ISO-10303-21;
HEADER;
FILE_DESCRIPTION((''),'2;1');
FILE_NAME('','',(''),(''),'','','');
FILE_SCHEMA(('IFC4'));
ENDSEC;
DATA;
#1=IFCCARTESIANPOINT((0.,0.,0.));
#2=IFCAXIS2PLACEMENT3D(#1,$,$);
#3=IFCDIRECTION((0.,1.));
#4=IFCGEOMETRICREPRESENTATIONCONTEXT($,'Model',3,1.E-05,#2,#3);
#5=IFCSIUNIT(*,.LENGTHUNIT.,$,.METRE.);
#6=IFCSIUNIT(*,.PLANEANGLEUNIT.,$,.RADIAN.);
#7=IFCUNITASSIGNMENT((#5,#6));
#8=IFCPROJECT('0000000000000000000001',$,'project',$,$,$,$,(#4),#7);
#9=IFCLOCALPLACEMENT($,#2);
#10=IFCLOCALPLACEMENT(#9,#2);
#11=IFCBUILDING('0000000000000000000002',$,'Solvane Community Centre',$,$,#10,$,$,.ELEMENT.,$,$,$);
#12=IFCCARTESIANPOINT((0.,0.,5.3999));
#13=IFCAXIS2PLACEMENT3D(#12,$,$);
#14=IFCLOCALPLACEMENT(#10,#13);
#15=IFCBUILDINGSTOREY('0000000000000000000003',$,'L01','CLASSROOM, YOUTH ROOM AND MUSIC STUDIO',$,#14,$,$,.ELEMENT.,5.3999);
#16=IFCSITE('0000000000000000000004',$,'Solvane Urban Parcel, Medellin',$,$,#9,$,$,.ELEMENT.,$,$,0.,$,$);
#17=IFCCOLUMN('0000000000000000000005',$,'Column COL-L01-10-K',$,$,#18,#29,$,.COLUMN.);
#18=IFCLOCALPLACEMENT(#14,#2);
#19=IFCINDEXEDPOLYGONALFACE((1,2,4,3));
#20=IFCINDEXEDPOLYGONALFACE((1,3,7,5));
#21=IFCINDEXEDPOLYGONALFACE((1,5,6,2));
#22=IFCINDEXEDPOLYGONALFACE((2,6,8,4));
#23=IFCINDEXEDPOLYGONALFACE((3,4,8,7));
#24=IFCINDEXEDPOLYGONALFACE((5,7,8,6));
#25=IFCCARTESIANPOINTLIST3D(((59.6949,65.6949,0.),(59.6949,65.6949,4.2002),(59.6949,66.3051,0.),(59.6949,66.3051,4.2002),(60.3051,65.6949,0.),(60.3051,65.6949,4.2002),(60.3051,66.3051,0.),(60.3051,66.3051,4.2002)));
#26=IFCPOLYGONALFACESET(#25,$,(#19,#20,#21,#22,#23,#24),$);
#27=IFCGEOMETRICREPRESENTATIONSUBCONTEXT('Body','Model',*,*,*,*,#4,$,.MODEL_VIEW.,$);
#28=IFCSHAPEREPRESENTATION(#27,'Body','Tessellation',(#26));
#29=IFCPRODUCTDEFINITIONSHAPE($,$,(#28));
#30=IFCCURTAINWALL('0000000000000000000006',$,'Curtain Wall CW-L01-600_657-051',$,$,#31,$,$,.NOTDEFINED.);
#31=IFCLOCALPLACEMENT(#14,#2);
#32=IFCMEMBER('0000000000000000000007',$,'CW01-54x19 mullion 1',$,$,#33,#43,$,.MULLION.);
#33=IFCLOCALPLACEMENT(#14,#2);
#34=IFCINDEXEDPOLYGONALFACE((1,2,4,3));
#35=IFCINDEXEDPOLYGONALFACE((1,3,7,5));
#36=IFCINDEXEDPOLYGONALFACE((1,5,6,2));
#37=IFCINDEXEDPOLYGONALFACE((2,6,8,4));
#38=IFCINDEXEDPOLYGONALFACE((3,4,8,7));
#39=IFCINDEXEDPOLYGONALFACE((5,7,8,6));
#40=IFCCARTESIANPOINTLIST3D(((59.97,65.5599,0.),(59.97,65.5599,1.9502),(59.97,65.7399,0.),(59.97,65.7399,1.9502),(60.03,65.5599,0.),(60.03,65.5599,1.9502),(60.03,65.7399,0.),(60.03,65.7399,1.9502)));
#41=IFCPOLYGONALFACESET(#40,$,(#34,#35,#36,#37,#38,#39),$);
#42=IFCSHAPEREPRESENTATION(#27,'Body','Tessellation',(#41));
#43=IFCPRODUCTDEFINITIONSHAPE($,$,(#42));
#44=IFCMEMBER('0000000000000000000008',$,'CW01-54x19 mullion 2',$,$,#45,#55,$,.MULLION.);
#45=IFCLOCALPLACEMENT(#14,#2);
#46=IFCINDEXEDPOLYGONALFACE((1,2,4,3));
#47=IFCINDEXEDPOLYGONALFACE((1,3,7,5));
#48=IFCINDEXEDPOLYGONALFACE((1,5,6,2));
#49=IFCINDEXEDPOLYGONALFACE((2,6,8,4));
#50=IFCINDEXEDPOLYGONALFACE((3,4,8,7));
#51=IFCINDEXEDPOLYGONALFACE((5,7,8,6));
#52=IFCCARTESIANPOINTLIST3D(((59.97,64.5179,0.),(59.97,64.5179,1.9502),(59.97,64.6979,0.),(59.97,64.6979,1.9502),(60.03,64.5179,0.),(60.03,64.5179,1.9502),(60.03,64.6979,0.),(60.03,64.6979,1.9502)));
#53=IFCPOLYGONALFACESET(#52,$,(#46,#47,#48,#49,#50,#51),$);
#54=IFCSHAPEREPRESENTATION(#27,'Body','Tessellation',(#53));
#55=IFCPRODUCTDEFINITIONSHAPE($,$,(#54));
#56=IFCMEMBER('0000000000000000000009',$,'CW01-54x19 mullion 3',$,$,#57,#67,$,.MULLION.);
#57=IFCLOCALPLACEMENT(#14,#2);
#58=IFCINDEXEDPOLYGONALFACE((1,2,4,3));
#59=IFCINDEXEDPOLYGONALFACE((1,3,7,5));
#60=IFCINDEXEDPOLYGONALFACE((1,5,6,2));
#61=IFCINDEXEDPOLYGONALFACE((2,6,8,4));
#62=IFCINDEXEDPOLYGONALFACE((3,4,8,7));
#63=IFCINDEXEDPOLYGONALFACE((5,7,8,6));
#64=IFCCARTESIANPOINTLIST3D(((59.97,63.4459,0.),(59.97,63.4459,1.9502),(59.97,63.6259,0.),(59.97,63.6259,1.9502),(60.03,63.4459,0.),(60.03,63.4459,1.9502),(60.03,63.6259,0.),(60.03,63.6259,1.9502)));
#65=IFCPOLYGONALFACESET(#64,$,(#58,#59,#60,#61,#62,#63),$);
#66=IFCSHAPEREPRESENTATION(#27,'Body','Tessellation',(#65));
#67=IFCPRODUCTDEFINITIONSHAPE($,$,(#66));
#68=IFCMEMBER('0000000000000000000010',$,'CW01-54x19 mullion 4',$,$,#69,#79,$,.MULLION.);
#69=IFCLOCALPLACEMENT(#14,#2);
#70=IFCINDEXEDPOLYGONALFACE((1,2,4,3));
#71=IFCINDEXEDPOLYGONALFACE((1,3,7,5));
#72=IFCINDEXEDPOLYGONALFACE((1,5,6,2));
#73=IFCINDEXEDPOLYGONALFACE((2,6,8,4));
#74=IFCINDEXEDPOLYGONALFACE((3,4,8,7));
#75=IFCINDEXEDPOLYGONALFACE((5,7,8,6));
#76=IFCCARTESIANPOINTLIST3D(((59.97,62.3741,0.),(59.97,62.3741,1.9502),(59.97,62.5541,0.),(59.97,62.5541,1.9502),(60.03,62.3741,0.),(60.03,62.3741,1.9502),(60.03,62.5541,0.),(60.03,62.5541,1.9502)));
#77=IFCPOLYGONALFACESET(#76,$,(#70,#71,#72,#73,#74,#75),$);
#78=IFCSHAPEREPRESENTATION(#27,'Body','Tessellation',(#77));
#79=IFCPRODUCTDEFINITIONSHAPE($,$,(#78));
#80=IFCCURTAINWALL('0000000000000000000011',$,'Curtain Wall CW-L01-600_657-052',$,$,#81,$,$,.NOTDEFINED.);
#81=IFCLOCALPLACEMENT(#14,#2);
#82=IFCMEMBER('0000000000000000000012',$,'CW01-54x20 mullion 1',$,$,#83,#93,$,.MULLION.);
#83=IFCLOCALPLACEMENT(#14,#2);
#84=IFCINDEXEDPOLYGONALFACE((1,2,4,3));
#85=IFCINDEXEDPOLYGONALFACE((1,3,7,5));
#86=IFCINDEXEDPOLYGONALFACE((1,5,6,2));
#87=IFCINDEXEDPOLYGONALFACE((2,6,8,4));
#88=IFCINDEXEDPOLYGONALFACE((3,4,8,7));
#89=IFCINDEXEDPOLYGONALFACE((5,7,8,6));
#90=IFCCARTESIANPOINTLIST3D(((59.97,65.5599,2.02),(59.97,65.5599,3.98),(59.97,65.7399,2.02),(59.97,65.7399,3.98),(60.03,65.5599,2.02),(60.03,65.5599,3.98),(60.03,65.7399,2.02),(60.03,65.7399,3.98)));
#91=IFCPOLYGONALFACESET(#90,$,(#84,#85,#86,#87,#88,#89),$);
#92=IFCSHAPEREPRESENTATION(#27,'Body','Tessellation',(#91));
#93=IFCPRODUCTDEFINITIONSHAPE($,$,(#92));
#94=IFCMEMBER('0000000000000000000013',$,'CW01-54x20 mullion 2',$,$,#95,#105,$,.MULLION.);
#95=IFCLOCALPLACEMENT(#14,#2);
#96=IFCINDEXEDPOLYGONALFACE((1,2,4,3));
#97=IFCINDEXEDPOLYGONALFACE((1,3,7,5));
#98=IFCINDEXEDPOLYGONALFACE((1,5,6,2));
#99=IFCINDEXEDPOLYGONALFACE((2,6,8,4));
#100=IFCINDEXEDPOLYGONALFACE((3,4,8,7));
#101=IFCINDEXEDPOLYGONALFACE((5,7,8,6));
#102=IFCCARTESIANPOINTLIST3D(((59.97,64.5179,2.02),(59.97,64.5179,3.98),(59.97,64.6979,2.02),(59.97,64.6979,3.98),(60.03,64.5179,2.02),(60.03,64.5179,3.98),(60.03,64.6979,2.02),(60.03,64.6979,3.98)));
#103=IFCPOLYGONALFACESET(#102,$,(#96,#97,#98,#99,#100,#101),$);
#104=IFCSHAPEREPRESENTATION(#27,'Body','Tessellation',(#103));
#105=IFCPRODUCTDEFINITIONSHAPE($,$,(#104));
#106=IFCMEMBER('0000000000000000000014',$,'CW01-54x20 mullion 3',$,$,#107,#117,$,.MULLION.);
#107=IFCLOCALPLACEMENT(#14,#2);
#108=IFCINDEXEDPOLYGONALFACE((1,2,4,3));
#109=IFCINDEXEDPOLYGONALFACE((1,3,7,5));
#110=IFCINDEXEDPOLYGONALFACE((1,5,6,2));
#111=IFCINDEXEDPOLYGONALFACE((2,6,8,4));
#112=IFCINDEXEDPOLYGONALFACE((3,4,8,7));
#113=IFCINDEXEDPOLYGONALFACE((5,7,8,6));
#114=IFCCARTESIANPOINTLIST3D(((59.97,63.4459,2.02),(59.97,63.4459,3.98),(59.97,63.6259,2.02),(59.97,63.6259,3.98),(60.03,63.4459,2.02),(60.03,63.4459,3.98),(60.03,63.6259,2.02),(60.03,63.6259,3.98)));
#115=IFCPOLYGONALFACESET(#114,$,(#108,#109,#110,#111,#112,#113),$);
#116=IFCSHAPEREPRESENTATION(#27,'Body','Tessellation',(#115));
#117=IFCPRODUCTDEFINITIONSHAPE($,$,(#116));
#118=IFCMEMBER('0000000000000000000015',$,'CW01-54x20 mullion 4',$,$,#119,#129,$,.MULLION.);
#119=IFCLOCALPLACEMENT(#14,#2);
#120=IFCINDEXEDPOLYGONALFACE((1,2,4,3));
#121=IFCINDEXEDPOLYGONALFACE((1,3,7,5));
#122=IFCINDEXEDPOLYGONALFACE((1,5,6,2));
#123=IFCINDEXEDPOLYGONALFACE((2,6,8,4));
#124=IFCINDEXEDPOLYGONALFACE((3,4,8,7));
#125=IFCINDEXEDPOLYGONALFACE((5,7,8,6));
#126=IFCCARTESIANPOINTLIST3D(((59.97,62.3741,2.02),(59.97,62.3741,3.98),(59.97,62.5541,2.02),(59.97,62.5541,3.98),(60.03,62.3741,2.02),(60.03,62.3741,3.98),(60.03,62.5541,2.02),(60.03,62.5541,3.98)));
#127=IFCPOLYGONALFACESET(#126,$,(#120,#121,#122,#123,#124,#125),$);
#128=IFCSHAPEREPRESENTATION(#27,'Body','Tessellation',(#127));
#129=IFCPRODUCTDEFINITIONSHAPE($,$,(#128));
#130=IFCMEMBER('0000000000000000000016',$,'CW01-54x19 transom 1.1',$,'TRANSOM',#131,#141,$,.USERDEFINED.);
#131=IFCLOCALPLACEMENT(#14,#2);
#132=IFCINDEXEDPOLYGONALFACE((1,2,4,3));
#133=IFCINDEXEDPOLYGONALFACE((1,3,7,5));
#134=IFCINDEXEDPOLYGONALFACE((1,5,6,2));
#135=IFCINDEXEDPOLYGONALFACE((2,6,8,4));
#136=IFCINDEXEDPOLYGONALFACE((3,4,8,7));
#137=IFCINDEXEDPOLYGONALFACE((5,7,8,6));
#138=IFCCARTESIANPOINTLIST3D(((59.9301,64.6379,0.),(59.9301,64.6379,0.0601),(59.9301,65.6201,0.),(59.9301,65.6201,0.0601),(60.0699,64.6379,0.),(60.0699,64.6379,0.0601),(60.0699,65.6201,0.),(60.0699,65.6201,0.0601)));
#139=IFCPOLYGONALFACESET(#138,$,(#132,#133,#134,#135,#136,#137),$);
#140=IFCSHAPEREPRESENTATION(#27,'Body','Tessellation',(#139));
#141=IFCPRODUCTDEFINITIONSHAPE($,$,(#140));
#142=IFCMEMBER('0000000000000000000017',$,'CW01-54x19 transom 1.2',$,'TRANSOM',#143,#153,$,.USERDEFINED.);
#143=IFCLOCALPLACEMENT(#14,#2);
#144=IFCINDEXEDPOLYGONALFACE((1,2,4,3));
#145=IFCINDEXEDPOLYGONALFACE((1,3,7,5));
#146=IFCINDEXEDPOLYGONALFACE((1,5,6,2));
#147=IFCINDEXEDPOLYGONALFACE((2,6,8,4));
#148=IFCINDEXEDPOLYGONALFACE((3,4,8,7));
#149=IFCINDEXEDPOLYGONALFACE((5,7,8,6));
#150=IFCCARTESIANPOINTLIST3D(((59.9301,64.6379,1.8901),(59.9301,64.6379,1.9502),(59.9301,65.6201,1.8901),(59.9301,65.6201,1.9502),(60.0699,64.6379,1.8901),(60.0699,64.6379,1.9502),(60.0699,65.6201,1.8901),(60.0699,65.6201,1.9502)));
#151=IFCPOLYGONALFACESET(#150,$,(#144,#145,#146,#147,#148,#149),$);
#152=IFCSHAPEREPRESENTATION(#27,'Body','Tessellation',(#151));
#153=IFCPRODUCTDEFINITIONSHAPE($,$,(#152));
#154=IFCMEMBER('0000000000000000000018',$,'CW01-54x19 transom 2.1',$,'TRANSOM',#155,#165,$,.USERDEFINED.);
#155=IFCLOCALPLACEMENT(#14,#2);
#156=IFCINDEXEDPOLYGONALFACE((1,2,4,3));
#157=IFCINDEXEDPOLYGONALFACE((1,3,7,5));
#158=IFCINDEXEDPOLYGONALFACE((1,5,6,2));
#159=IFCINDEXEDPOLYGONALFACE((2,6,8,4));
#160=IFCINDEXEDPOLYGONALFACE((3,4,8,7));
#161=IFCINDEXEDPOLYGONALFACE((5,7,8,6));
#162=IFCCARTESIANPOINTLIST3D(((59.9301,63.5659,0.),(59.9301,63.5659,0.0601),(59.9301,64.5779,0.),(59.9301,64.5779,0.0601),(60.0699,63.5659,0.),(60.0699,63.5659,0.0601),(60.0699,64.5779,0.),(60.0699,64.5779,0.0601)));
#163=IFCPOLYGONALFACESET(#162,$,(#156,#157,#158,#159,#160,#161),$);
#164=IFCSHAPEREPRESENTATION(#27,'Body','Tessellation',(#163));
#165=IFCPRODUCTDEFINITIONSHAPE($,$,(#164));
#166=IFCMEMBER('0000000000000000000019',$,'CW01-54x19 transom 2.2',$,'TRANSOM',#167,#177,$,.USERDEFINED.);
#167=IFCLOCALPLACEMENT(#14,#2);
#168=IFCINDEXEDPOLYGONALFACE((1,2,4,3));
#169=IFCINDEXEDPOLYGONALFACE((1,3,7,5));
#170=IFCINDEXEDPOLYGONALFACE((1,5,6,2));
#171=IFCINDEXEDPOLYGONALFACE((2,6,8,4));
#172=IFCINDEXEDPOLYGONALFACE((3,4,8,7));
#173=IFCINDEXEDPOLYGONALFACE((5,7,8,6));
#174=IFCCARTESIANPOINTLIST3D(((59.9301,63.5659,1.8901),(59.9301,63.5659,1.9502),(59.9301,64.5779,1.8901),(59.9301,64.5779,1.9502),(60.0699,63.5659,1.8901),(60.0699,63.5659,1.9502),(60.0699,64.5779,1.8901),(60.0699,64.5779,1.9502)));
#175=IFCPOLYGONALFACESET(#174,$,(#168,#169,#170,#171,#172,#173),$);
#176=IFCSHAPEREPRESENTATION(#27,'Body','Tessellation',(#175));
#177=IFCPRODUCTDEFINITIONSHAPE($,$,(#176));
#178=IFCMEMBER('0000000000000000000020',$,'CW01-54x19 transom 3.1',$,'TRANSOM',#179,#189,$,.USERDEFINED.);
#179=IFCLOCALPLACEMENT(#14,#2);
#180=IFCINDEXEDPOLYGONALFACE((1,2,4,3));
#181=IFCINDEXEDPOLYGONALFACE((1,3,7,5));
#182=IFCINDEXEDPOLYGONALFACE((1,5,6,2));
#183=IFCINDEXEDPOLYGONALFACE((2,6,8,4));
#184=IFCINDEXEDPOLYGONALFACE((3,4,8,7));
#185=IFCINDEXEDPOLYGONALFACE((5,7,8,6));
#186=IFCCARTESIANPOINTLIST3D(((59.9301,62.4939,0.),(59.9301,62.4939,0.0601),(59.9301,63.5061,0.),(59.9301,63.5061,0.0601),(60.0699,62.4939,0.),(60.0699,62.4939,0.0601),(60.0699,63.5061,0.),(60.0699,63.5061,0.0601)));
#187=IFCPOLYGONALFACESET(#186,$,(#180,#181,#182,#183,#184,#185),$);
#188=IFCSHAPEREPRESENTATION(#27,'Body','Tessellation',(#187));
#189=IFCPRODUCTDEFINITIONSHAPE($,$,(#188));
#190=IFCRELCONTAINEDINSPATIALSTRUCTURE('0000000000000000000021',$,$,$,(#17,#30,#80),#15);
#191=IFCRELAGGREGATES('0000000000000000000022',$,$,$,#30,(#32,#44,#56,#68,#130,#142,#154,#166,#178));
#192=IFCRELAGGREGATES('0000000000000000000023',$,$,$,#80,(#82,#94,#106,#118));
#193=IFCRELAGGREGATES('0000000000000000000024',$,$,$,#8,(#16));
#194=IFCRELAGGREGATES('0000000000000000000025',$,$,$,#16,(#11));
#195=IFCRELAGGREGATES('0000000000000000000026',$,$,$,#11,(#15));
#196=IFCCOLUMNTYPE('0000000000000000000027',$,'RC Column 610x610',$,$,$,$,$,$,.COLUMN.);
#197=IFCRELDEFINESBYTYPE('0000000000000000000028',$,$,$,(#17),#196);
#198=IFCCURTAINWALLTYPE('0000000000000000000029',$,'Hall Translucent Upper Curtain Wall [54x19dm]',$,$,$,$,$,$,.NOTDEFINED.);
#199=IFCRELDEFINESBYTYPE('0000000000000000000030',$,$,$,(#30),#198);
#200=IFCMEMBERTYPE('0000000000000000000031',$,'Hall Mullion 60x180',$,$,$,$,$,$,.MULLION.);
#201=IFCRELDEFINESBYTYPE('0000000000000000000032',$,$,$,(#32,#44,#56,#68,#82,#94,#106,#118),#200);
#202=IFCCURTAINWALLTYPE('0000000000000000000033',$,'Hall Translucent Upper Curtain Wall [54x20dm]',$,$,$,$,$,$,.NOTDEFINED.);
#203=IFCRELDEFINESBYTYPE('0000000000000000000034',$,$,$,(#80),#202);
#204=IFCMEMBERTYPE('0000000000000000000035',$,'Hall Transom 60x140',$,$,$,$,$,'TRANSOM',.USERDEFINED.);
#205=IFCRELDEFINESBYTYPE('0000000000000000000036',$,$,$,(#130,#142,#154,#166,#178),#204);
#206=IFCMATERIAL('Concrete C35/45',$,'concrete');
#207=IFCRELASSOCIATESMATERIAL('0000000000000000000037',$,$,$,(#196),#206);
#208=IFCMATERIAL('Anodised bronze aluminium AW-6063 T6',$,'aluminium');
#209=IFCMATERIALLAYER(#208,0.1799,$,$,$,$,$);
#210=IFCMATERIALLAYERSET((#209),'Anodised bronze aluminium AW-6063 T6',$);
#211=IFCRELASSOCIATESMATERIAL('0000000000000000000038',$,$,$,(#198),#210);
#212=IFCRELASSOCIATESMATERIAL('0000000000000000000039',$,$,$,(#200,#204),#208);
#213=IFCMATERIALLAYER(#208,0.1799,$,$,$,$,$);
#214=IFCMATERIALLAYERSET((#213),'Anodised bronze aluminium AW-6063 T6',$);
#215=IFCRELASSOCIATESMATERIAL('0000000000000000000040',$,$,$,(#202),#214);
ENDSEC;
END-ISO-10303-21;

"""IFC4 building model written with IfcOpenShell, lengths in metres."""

from ifc_helpers import new_model, si_unit, direction, frame, origin, origin_2d, place, context, subcontext, project, spatial, rectangle, extrude, material, layer, layer_set, material_profile, profile_set, type_object, element, aggregate, save


model = new_model("IFC4")

# Units and contexts
model_context = context("Model", 3, precision=1e-05, world=origin(), true_north=direction((0.0, 1.0)))
body_context = subcontext(model_context, "Body", "Model", "MODEL_VIEW")
ifc_project = project(units=[si_unit("LENGTHUNIT", "METRE"), si_unit("PLANEANGLEUNIT", "RADIAN")], contexts=[model_context])

# Site, building, storey
site_placement = place(None, origin())
site = spatial("IfcSite", under=ifc_project, at=site_placement, Name="Solvane Urban Parcel, Medellin", CompositionType="ELEMENT", RefElevation=0.0)
building_placement = place(site_placement, origin())
building = spatial("IfcBuilding", under=site, at=building_placement, Name="Solvane Community Centre", CompositionType="ELEMENT")
storey_placement = place(building_placement, frame((0.0, 0.0, 5.3999)))
storey = spatial("IfcBuildingStorey", under=building, at=storey_placement, Name="L01", Description="CLASSROOM, YOUTH ROOM AND MUSIC STUDIO", CompositionType="ELEMENT", Elevation=5.3999)

# Column
ifc_material_1 = material(Name="Concrete C35/45", Category="concrete")
ifc_material_profile_1 = material_profile(ifc_material_1, rectangle(XDim=0.6101, YDim=0.6101, at=origin_2d()), Name="RC 610x610")
ifc_profile_set_1 = profile_set([ifc_material_profile_1], Name="Concrete C35/45")
column_type = type_object("IfcColumnType", Name="RC Column 610x610", PredefinedType="COLUMN", material=ifc_profile_set_1)
column_placement = place(storey_placement, frame((60.0, 66.0, 0.0), z_axis=(0.0, 0.0, 1.0), x_axis=(1.0, 0.0, 0.0)))
element("IfcColumn", 1, at=column_placement, inside=storey, type_object=column_type, Name="Column COL-L01-10-K", PredefinedType="COLUMN", context=body_context, shape_type="SweptSolid", body=[
    extrude(rectangle(XDim=0.6101, YDim=0.6101, at=origin_2d()), origin(), (0.0, 0.0, 1.0), 4.2002),
])

# Curtain walls, members
ifc_material_2 = material(Name="Anodised bronze aluminium AW-6063 T6", Category="aluminium")
ifc_layer_1 = layer(ifc_material_2, 0.1799)
ifc_layer_set_1 = layer_set([ifc_layer_1], Name="Anodised bronze aluminium AW-6063 T6")
curtain_wall_type_1 = type_object("IfcCurtainWallType", Name="Hall Translucent Upper Curtain Wall [54x19dm]", PredefinedType="NOTDEFINED", material=ifc_layer_set_1)
curtain_wall_1_placement = place(storey_placement, origin())
curtain_wall_1 = element("IfcCurtainWall", 2, at=curtain_wall_1_placement, inside=storey, type_object=curtain_wall_type_1, Name="Curtain Wall CW-L01-600_657-051", PredefinedType="NOTDEFINED")
ifc_material_profile_2 = material_profile(ifc_material_2, rectangle(XDim=0.0601, YDim=0.1799, at=origin_2d()), Name="CW-M 60x180")
ifc_profile_set_2 = profile_set([ifc_material_profile_2], Name="Anodised bronze aluminium AW-6063 T6")
member_type_1 = type_object("IfcMemberType", Name="Hall Mullion 60x180", PredefinedType="MULLION", material=ifc_profile_set_2)
member_1_placement = place(storey_placement, frame((60.0, 65.6499, 0.0), z_axis=(0.0, 0.0, 1.0), x_axis=(1.0, 0.0, 0.0)))
member_1 = element("IfcMember", 3, at=member_1_placement, type_object=member_type_1, Name="CW01-54x19 mullion 1", PredefinedType="MULLION", context=body_context, shape_type="SweptSolid", body=[
    extrude(rectangle(XDim=0.0601, YDim=0.1799, at=origin_2d()), origin(), (0.0, 0.0, 1.0), 1.9502),
])
member_2_placement = place(storey_placement, frame((60.0, 64.6079, 0.0), z_axis=(0.0, 0.0, 1.0), x_axis=(1.0, 0.0, 0.0)))
member_2 = element("IfcMember", 4, at=member_2_placement, type_object=member_type_1, Name="CW01-54x19 mullion 2", PredefinedType="MULLION", context=body_context, shape_type="SweptSolid", body=[
    extrude(rectangle(XDim=0.0601, YDim=0.1799, at=origin_2d()), origin(), (0.0, 0.0, 1.0), 1.9502),
])
member_3_placement = place(storey_placement, frame((60.0, 63.5359, 0.0), z_axis=(0.0, 0.0, 1.0), x_axis=(1.0, 0.0, 0.0)))
member_3 = element("IfcMember", 5, at=member_3_placement, type_object=member_type_1, Name="CW01-54x19 mullion 3", PredefinedType="MULLION", context=body_context, shape_type="SweptSolid", body=[
    extrude(rectangle(XDim=0.0601, YDim=0.1799, at=origin_2d()), origin(), (0.0, 0.0, 1.0), 1.9502),
])
member_4_placement = place(storey_placement, frame((60.0, 62.4641, 0.0), z_axis=(0.0, 0.0, 1.0), x_axis=(1.0, 0.0, 0.0)))
member_4 = element("IfcMember", 6, at=member_4_placement, type_object=member_type_1, Name="CW01-54x19 mullion 4", PredefinedType="MULLION", context=body_context, shape_type="SweptSolid", body=[
    extrude(rectangle(XDim=0.0601, YDim=0.1799, at=origin_2d()), origin(), (0.0, 0.0, 1.0), 1.9502),
])
ifc_layer_2 = layer(ifc_material_2, 0.1799)
ifc_layer_set_2 = layer_set([ifc_layer_2], Name="Anodised bronze aluminium AW-6063 T6")
curtain_wall_type_2 = type_object("IfcCurtainWallType", Name="Hall Translucent Upper Curtain Wall [54x20dm]", PredefinedType="NOTDEFINED", material=ifc_layer_set_2)
curtain_wall_2_placement = place(storey_placement, origin())
curtain_wall_2 = element("IfcCurtainWall", 7, at=curtain_wall_2_placement, inside=storey, type_object=curtain_wall_type_2, Name="Curtain Wall CW-L01-600_657-052", PredefinedType="NOTDEFINED")
member_5_placement = place(storey_placement, frame((60.0, 65.6499, 2.02), z_axis=(0.0, 0.0, 1.0), x_axis=(1.0, 0.0, 0.0)))
member_5 = element("IfcMember", 8, at=member_5_placement, type_object=member_type_1, Name="CW01-54x20 mullion 1", PredefinedType="MULLION", context=body_context, shape_type="SweptSolid", body=[
    extrude(rectangle(XDim=0.0601, YDim=0.1799, at=origin_2d()), origin(), (0.0, 0.0, 1.0), 1.96),
])
member_6_placement = place(storey_placement, frame((60.0, 64.6079, 2.02), z_axis=(0.0, 0.0, 1.0), x_axis=(1.0, 0.0, 0.0)))
member_6 = element("IfcMember", 9, at=member_6_placement, type_object=member_type_1, Name="CW01-54x20 mullion 2", PredefinedType="MULLION", context=body_context, shape_type="SweptSolid", body=[
    extrude(rectangle(XDim=0.0601, YDim=0.1799, at=origin_2d()), origin(), (0.0, 0.0, 1.0), 1.96),
])
member_7_placement = place(storey_placement, frame((60.0, 63.5359, 2.02), z_axis=(0.0, 0.0, 1.0), x_axis=(1.0, 0.0, 0.0)))
member_7 = element("IfcMember", 10, at=member_7_placement, type_object=member_type_1, Name="CW01-54x20 mullion 3", PredefinedType="MULLION", context=body_context, shape_type="SweptSolid", body=[
    extrude(rectangle(XDim=0.0601, YDim=0.1799, at=origin_2d()), origin(), (0.0, 0.0, 1.0), 1.96),
])
member_8_placement = place(storey_placement, frame((60.0, 62.4641, 2.02), z_axis=(0.0, 0.0, 1.0), x_axis=(1.0, 0.0, 0.0)))
member_8 = element("IfcMember", 11, at=member_8_placement, type_object=member_type_1, Name="CW01-54x20 mullion 4", PredefinedType="MULLION", context=body_context, shape_type="SweptSolid", body=[
    extrude(rectangle(XDim=0.0601, YDim=0.1799, at=origin_2d()), origin(), (0.0, 0.0, 1.0), 1.96),
])

# Members
ifc_material_profile_3 = material_profile(ifc_material_2, rectangle(XDim=0.1399, YDim=0.0601, at=origin_2d()), Name="CW-T 60x140")
ifc_profile_set_3 = profile_set([ifc_material_profile_3], Name="Anodised bronze aluminium AW-6063 T6")
member_type_2 = type_object("IfcMemberType", Name="Hall Transom 60x140", ElementType="TRANSOM", PredefinedType="USERDEFINED", material=ifc_profile_set_3)
member_9_placement = place(storey_placement, frame((60.0, 65.6201, 0.03), z_axis=(0.0, -1.0, 0.0), x_axis=(1.0, 0.0, 0.0)))
member_9 = element("IfcMember", 12, at=member_9_placement, type_object=member_type_2, Name="CW01-54x19 transom 1.1", ObjectType="TRANSOM", PredefinedType="USERDEFINED", context=body_context, shape_type="SweptSolid", body=[
    extrude(rectangle(XDim=0.1399, YDim=0.0601, at=origin_2d()), origin(), (0.0, 0.0, 1.0), 0.9822),
])
member_10_placement = place(storey_placement, frame((60.0, 65.6201, 1.9202), z_axis=(0.0, -1.0, 0.0), x_axis=(1.0, 0.0, 0.0)))
member_10 = element("IfcMember", 13, at=member_10_placement, type_object=member_type_2, Name="CW01-54x19 transom 1.2", ObjectType="TRANSOM", PredefinedType="USERDEFINED", context=body_context, shape_type="SweptSolid", body=[
    extrude(rectangle(XDim=0.1399, YDim=0.0601, at=origin_2d()), origin(), (0.0, 0.0, 1.0), 0.9822),
])
member_11_placement = place(storey_placement, frame((60.0, 64.5779, 0.03), z_axis=(0.0, -1.0, 0.0), x_axis=(1.0, 0.0, 0.0)))
member_11 = element("IfcMember", 14, at=member_11_placement, type_object=member_type_2, Name="CW01-54x19 transom 2.1", ObjectType="TRANSOM", PredefinedType="USERDEFINED", context=body_context, shape_type="SweptSolid", body=[
    extrude(rectangle(XDim=0.1399, YDim=0.0601, at=origin_2d()), origin(), (0.0, 0.0, 1.0), 1.012),
])
member_12_placement = place(storey_placement, frame((60.0, 64.5779, 1.9202), z_axis=(0.0, -1.0, 0.0), x_axis=(1.0, 0.0, 0.0)))
member_12 = element("IfcMember", 15, at=member_12_placement, type_object=member_type_2, Name="CW01-54x19 transom 2.2", ObjectType="TRANSOM", PredefinedType="USERDEFINED", context=body_context, shape_type="SweptSolid", body=[
    extrude(rectangle(XDim=0.1399, YDim=0.0601, at=origin_2d()), origin(), (0.0, 0.0, 1.0), 1.012),
])
member_13_placement = place(storey_placement, frame((60.0, 63.5061, 0.03), z_axis=(0.0, -1.0, 0.0), x_axis=(1.0, 0.0, 0.0)))
member_13 = element("IfcMember", 16, at=member_13_placement, type_object=member_type_2, Name="CW01-54x19 transom 3.1", ObjectType="TRANSOM", PredefinedType="USERDEFINED", context=body_context, shape_type="SweptSolid", body=[
    extrude(rectangle(XDim=0.1399, YDim=0.0601, at=origin_2d()), origin(), (0.0, 0.0, 1.0), 1.0122),
])

aggregate(curtain_wall_1, [member_1, member_2, member_3, member_4, member_9, member_10, member_11, member_12, member_13])
aggregate(curtain_wall_2, [member_5, member_6, member_7, member_8])

save(model, "model.ifc")
